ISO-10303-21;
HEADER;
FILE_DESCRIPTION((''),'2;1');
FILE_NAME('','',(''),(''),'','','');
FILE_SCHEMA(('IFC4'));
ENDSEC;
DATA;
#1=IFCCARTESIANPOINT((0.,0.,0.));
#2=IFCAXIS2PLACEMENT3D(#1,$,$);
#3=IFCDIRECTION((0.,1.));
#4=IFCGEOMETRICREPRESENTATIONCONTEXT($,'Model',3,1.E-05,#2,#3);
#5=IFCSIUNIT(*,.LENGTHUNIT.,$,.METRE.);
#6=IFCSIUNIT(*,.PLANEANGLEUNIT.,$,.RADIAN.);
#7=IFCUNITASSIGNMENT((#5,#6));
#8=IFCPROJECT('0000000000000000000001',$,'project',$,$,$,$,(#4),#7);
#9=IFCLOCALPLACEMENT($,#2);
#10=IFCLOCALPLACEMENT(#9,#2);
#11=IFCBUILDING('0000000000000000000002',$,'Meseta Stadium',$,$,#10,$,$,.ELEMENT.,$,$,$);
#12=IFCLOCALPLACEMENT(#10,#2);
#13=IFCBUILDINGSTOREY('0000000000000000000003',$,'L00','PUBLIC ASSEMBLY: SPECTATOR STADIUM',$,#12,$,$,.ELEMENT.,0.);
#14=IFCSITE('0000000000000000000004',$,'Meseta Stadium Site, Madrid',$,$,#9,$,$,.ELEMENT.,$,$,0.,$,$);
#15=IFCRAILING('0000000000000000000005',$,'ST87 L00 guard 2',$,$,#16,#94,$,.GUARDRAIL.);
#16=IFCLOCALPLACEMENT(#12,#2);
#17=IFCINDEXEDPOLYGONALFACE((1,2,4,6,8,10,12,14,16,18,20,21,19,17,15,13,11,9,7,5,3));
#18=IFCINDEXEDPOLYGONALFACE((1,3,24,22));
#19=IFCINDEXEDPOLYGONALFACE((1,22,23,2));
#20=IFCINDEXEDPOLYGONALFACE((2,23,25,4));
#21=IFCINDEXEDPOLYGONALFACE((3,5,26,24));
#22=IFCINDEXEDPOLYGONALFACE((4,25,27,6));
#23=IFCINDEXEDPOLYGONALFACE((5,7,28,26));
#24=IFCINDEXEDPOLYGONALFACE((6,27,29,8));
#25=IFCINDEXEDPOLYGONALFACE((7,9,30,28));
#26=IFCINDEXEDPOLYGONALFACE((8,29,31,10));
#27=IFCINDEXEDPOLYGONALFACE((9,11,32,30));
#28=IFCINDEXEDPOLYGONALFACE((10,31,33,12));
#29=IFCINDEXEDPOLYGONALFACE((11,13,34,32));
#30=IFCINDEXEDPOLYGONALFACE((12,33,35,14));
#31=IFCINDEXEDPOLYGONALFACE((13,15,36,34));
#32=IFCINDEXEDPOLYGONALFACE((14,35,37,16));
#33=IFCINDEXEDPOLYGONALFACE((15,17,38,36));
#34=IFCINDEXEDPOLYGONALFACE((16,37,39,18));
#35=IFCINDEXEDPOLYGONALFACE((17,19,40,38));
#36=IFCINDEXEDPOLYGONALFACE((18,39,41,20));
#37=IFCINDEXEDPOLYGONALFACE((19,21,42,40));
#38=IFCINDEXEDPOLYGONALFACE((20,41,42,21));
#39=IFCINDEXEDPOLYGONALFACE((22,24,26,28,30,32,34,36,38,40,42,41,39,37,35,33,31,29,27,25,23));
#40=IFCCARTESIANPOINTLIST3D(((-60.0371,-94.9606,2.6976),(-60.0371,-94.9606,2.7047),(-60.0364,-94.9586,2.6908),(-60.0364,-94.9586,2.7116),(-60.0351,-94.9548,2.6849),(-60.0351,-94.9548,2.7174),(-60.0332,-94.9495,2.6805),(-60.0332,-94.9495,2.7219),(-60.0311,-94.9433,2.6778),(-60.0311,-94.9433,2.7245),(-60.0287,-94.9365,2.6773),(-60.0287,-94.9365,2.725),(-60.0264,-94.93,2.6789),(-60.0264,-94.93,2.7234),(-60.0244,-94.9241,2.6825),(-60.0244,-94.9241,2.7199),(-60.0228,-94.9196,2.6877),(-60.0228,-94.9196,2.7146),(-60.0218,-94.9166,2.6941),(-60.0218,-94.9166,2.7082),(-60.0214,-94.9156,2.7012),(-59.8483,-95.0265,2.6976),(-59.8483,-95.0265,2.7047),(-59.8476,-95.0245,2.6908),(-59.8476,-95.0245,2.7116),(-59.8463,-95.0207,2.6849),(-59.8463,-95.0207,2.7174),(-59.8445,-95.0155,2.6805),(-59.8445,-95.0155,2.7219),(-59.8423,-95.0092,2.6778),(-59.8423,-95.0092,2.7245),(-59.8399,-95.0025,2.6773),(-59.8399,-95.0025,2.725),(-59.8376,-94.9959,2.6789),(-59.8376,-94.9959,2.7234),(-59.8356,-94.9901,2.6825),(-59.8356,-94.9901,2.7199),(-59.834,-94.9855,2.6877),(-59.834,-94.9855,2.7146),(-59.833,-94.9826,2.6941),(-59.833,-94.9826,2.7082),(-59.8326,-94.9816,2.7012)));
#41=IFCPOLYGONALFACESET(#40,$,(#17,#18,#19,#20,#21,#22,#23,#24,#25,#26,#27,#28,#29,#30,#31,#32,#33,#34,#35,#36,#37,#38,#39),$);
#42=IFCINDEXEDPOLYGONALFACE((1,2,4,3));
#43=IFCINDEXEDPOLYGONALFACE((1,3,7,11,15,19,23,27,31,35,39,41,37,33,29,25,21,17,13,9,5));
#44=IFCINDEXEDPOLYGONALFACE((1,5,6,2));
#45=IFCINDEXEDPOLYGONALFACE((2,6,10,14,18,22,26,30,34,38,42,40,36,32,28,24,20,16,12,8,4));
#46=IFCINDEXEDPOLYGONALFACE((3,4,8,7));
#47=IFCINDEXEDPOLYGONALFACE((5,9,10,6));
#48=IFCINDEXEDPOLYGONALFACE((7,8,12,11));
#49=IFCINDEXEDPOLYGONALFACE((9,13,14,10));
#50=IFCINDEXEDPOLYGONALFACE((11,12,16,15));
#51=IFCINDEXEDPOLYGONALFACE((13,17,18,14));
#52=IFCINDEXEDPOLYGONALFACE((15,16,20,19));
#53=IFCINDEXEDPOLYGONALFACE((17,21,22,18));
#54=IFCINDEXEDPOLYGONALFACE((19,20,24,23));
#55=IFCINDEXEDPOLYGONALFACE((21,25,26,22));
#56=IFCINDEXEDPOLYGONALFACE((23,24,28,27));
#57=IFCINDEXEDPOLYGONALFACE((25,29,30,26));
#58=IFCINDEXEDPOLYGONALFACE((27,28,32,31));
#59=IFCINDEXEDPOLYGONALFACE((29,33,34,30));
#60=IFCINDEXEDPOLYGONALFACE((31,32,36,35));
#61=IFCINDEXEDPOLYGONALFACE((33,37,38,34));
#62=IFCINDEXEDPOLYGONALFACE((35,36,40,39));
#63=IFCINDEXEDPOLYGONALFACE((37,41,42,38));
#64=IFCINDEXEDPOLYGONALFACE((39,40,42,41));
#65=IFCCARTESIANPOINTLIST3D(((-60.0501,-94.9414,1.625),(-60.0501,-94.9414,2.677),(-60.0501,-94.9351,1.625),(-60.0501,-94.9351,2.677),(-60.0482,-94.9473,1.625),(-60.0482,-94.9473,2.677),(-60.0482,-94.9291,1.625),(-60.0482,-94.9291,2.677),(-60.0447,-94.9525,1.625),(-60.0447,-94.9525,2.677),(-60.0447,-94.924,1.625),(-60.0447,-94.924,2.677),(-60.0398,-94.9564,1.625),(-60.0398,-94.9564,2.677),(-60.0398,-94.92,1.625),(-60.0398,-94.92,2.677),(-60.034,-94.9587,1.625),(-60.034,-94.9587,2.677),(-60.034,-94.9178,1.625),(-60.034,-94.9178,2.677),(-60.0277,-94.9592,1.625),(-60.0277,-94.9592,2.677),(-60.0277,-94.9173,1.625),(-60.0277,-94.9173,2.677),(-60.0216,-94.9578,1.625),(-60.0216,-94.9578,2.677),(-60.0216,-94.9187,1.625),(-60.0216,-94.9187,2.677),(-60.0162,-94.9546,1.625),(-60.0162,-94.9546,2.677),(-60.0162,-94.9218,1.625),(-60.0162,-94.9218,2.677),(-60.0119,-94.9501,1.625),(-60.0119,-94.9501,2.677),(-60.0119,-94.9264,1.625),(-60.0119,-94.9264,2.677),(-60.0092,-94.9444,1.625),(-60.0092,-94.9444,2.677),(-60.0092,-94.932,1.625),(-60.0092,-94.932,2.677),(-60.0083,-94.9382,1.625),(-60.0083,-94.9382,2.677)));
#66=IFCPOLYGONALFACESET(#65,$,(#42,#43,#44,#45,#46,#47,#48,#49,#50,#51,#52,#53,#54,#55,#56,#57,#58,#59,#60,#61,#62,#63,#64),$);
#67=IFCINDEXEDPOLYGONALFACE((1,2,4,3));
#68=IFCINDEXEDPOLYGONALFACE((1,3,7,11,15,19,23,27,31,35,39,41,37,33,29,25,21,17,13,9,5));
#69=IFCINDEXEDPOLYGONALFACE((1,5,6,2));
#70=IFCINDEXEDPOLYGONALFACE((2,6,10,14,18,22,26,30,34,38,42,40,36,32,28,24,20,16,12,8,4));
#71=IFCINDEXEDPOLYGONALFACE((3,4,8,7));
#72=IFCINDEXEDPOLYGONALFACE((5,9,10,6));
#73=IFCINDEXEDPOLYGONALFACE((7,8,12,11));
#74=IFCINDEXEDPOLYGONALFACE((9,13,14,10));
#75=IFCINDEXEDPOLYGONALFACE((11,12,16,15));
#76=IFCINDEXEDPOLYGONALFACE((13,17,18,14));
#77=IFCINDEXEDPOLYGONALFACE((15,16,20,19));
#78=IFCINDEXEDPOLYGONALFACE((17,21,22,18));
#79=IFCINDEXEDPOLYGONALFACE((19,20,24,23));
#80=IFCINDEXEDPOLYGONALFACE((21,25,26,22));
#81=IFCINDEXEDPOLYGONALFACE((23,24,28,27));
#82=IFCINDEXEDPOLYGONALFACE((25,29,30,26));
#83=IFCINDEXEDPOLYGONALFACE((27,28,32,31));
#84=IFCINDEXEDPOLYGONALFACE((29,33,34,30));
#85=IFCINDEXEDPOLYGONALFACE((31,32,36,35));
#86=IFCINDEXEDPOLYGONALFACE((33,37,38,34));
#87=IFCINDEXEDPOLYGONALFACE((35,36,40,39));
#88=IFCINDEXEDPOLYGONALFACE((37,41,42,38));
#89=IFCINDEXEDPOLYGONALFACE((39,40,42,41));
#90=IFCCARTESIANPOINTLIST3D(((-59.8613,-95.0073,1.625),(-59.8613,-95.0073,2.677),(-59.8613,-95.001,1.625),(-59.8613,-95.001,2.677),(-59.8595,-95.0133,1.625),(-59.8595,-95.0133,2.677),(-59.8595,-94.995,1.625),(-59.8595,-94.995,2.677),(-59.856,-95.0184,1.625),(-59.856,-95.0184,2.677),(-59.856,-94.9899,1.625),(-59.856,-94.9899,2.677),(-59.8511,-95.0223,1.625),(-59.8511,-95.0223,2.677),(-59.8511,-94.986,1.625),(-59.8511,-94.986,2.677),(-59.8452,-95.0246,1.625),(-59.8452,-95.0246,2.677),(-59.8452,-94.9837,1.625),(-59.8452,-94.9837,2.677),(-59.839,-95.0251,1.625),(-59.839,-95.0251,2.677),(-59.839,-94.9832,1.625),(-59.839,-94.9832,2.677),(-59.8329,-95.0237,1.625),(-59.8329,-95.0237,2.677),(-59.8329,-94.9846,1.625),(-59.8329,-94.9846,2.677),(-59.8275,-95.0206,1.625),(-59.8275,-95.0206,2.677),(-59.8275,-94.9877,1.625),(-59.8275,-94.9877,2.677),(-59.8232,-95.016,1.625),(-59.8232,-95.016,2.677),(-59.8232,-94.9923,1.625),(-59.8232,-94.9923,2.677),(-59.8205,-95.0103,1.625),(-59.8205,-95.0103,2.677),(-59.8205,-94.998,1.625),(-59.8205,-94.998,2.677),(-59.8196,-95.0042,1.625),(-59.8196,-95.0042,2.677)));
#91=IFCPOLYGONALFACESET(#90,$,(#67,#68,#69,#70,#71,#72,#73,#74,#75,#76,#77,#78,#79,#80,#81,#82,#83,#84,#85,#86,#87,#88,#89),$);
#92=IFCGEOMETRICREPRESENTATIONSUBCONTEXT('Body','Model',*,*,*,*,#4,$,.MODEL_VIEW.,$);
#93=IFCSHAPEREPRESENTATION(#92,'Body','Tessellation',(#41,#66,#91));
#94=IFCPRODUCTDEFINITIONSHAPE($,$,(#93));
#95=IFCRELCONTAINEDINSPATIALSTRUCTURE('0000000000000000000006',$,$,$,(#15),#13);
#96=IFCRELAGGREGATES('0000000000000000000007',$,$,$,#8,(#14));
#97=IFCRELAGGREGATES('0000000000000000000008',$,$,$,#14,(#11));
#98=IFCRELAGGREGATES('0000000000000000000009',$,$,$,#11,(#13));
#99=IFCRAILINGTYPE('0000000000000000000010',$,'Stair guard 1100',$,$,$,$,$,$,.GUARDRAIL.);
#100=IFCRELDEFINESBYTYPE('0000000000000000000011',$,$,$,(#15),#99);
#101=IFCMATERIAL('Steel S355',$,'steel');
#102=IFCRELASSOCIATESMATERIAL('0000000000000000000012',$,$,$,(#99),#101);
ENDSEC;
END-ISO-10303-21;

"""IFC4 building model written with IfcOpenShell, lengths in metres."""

from ifc_helpers import new_model, si_unit, direction, frame, origin, origin_2d, place, context, subcontext, project, spatial, circle, extrude, material, type_object, element, save


model = new_model("IFC4")

# Units and contexts
model_context = context("Model", 3, precision=1e-05, world=origin(), true_north=direction((0.0, 1.0)))
body_context = subcontext(model_context, "Body", "Model", "MODEL_VIEW")
ifc_project = project(units=[si_unit("LENGTHUNIT", "METRE"), si_unit("PLANEANGLEUNIT", "RADIAN")], contexts=[model_context])

# Site, building, storey
site_placement = place(None, origin())
site = spatial("IfcSite", under=ifc_project, at=site_placement, Name="Meseta Stadium Site, Madrid", CompositionType="ELEMENT", RefElevation=0.0)
building_placement = place(site_placement, origin())
building = spatial("IfcBuilding", under=site, at=building_placement, Name="Meseta Stadium", CompositionType="ELEMENT")
storey_placement = place(building_placement, origin())
storey = spatial("IfcBuildingStorey", under=building, at=storey_placement, Name="L00", Description="PUBLIC ASSEMBLY: SPECTATOR STADIUM", CompositionType="ELEMENT", Elevation=0.0)

# Railing
ifc_material_1 = material(Name="Steel S355", Category="steel")
railing_type_1 = type_object("IfcRailingType", Name="Stair guard 1100", PredefinedType="GUARDRAIL", material=ifc_material_1)
railing_1_placement = place(storey_placement, frame((-60.0293, -94.9382, 1.625)))
element("IfcRailing", 1, at=railing_1_placement, inside=storey, type_object=railing_type_1, Name="ST87 L00 guard 2", PredefinedType="GUARDRAIL", context=body_context, shape_type="SweptSolid", body=[
    extrude(circle(Radius=0.0239, at=origin_2d()), frame((0.0, 0.0, 1.0762), z_axis=(0.944068, -0.329752, 0.0), x_axis=(0.329752, 0.944068, 0.0)), (0.0, 0.0, 1.0), 0.2),
    extrude(circle(Radius=0.021, at=origin_2d()), origin(), (0.0, 0.0, 1.0), 1.052),
    extrude(circle(Radius=0.021, at=origin_2d()), frame((0.1887, -0.0659, 0.0)), (0.0, 0.0, 1.0), 1.052),
])

save(model, "model.ifc")
